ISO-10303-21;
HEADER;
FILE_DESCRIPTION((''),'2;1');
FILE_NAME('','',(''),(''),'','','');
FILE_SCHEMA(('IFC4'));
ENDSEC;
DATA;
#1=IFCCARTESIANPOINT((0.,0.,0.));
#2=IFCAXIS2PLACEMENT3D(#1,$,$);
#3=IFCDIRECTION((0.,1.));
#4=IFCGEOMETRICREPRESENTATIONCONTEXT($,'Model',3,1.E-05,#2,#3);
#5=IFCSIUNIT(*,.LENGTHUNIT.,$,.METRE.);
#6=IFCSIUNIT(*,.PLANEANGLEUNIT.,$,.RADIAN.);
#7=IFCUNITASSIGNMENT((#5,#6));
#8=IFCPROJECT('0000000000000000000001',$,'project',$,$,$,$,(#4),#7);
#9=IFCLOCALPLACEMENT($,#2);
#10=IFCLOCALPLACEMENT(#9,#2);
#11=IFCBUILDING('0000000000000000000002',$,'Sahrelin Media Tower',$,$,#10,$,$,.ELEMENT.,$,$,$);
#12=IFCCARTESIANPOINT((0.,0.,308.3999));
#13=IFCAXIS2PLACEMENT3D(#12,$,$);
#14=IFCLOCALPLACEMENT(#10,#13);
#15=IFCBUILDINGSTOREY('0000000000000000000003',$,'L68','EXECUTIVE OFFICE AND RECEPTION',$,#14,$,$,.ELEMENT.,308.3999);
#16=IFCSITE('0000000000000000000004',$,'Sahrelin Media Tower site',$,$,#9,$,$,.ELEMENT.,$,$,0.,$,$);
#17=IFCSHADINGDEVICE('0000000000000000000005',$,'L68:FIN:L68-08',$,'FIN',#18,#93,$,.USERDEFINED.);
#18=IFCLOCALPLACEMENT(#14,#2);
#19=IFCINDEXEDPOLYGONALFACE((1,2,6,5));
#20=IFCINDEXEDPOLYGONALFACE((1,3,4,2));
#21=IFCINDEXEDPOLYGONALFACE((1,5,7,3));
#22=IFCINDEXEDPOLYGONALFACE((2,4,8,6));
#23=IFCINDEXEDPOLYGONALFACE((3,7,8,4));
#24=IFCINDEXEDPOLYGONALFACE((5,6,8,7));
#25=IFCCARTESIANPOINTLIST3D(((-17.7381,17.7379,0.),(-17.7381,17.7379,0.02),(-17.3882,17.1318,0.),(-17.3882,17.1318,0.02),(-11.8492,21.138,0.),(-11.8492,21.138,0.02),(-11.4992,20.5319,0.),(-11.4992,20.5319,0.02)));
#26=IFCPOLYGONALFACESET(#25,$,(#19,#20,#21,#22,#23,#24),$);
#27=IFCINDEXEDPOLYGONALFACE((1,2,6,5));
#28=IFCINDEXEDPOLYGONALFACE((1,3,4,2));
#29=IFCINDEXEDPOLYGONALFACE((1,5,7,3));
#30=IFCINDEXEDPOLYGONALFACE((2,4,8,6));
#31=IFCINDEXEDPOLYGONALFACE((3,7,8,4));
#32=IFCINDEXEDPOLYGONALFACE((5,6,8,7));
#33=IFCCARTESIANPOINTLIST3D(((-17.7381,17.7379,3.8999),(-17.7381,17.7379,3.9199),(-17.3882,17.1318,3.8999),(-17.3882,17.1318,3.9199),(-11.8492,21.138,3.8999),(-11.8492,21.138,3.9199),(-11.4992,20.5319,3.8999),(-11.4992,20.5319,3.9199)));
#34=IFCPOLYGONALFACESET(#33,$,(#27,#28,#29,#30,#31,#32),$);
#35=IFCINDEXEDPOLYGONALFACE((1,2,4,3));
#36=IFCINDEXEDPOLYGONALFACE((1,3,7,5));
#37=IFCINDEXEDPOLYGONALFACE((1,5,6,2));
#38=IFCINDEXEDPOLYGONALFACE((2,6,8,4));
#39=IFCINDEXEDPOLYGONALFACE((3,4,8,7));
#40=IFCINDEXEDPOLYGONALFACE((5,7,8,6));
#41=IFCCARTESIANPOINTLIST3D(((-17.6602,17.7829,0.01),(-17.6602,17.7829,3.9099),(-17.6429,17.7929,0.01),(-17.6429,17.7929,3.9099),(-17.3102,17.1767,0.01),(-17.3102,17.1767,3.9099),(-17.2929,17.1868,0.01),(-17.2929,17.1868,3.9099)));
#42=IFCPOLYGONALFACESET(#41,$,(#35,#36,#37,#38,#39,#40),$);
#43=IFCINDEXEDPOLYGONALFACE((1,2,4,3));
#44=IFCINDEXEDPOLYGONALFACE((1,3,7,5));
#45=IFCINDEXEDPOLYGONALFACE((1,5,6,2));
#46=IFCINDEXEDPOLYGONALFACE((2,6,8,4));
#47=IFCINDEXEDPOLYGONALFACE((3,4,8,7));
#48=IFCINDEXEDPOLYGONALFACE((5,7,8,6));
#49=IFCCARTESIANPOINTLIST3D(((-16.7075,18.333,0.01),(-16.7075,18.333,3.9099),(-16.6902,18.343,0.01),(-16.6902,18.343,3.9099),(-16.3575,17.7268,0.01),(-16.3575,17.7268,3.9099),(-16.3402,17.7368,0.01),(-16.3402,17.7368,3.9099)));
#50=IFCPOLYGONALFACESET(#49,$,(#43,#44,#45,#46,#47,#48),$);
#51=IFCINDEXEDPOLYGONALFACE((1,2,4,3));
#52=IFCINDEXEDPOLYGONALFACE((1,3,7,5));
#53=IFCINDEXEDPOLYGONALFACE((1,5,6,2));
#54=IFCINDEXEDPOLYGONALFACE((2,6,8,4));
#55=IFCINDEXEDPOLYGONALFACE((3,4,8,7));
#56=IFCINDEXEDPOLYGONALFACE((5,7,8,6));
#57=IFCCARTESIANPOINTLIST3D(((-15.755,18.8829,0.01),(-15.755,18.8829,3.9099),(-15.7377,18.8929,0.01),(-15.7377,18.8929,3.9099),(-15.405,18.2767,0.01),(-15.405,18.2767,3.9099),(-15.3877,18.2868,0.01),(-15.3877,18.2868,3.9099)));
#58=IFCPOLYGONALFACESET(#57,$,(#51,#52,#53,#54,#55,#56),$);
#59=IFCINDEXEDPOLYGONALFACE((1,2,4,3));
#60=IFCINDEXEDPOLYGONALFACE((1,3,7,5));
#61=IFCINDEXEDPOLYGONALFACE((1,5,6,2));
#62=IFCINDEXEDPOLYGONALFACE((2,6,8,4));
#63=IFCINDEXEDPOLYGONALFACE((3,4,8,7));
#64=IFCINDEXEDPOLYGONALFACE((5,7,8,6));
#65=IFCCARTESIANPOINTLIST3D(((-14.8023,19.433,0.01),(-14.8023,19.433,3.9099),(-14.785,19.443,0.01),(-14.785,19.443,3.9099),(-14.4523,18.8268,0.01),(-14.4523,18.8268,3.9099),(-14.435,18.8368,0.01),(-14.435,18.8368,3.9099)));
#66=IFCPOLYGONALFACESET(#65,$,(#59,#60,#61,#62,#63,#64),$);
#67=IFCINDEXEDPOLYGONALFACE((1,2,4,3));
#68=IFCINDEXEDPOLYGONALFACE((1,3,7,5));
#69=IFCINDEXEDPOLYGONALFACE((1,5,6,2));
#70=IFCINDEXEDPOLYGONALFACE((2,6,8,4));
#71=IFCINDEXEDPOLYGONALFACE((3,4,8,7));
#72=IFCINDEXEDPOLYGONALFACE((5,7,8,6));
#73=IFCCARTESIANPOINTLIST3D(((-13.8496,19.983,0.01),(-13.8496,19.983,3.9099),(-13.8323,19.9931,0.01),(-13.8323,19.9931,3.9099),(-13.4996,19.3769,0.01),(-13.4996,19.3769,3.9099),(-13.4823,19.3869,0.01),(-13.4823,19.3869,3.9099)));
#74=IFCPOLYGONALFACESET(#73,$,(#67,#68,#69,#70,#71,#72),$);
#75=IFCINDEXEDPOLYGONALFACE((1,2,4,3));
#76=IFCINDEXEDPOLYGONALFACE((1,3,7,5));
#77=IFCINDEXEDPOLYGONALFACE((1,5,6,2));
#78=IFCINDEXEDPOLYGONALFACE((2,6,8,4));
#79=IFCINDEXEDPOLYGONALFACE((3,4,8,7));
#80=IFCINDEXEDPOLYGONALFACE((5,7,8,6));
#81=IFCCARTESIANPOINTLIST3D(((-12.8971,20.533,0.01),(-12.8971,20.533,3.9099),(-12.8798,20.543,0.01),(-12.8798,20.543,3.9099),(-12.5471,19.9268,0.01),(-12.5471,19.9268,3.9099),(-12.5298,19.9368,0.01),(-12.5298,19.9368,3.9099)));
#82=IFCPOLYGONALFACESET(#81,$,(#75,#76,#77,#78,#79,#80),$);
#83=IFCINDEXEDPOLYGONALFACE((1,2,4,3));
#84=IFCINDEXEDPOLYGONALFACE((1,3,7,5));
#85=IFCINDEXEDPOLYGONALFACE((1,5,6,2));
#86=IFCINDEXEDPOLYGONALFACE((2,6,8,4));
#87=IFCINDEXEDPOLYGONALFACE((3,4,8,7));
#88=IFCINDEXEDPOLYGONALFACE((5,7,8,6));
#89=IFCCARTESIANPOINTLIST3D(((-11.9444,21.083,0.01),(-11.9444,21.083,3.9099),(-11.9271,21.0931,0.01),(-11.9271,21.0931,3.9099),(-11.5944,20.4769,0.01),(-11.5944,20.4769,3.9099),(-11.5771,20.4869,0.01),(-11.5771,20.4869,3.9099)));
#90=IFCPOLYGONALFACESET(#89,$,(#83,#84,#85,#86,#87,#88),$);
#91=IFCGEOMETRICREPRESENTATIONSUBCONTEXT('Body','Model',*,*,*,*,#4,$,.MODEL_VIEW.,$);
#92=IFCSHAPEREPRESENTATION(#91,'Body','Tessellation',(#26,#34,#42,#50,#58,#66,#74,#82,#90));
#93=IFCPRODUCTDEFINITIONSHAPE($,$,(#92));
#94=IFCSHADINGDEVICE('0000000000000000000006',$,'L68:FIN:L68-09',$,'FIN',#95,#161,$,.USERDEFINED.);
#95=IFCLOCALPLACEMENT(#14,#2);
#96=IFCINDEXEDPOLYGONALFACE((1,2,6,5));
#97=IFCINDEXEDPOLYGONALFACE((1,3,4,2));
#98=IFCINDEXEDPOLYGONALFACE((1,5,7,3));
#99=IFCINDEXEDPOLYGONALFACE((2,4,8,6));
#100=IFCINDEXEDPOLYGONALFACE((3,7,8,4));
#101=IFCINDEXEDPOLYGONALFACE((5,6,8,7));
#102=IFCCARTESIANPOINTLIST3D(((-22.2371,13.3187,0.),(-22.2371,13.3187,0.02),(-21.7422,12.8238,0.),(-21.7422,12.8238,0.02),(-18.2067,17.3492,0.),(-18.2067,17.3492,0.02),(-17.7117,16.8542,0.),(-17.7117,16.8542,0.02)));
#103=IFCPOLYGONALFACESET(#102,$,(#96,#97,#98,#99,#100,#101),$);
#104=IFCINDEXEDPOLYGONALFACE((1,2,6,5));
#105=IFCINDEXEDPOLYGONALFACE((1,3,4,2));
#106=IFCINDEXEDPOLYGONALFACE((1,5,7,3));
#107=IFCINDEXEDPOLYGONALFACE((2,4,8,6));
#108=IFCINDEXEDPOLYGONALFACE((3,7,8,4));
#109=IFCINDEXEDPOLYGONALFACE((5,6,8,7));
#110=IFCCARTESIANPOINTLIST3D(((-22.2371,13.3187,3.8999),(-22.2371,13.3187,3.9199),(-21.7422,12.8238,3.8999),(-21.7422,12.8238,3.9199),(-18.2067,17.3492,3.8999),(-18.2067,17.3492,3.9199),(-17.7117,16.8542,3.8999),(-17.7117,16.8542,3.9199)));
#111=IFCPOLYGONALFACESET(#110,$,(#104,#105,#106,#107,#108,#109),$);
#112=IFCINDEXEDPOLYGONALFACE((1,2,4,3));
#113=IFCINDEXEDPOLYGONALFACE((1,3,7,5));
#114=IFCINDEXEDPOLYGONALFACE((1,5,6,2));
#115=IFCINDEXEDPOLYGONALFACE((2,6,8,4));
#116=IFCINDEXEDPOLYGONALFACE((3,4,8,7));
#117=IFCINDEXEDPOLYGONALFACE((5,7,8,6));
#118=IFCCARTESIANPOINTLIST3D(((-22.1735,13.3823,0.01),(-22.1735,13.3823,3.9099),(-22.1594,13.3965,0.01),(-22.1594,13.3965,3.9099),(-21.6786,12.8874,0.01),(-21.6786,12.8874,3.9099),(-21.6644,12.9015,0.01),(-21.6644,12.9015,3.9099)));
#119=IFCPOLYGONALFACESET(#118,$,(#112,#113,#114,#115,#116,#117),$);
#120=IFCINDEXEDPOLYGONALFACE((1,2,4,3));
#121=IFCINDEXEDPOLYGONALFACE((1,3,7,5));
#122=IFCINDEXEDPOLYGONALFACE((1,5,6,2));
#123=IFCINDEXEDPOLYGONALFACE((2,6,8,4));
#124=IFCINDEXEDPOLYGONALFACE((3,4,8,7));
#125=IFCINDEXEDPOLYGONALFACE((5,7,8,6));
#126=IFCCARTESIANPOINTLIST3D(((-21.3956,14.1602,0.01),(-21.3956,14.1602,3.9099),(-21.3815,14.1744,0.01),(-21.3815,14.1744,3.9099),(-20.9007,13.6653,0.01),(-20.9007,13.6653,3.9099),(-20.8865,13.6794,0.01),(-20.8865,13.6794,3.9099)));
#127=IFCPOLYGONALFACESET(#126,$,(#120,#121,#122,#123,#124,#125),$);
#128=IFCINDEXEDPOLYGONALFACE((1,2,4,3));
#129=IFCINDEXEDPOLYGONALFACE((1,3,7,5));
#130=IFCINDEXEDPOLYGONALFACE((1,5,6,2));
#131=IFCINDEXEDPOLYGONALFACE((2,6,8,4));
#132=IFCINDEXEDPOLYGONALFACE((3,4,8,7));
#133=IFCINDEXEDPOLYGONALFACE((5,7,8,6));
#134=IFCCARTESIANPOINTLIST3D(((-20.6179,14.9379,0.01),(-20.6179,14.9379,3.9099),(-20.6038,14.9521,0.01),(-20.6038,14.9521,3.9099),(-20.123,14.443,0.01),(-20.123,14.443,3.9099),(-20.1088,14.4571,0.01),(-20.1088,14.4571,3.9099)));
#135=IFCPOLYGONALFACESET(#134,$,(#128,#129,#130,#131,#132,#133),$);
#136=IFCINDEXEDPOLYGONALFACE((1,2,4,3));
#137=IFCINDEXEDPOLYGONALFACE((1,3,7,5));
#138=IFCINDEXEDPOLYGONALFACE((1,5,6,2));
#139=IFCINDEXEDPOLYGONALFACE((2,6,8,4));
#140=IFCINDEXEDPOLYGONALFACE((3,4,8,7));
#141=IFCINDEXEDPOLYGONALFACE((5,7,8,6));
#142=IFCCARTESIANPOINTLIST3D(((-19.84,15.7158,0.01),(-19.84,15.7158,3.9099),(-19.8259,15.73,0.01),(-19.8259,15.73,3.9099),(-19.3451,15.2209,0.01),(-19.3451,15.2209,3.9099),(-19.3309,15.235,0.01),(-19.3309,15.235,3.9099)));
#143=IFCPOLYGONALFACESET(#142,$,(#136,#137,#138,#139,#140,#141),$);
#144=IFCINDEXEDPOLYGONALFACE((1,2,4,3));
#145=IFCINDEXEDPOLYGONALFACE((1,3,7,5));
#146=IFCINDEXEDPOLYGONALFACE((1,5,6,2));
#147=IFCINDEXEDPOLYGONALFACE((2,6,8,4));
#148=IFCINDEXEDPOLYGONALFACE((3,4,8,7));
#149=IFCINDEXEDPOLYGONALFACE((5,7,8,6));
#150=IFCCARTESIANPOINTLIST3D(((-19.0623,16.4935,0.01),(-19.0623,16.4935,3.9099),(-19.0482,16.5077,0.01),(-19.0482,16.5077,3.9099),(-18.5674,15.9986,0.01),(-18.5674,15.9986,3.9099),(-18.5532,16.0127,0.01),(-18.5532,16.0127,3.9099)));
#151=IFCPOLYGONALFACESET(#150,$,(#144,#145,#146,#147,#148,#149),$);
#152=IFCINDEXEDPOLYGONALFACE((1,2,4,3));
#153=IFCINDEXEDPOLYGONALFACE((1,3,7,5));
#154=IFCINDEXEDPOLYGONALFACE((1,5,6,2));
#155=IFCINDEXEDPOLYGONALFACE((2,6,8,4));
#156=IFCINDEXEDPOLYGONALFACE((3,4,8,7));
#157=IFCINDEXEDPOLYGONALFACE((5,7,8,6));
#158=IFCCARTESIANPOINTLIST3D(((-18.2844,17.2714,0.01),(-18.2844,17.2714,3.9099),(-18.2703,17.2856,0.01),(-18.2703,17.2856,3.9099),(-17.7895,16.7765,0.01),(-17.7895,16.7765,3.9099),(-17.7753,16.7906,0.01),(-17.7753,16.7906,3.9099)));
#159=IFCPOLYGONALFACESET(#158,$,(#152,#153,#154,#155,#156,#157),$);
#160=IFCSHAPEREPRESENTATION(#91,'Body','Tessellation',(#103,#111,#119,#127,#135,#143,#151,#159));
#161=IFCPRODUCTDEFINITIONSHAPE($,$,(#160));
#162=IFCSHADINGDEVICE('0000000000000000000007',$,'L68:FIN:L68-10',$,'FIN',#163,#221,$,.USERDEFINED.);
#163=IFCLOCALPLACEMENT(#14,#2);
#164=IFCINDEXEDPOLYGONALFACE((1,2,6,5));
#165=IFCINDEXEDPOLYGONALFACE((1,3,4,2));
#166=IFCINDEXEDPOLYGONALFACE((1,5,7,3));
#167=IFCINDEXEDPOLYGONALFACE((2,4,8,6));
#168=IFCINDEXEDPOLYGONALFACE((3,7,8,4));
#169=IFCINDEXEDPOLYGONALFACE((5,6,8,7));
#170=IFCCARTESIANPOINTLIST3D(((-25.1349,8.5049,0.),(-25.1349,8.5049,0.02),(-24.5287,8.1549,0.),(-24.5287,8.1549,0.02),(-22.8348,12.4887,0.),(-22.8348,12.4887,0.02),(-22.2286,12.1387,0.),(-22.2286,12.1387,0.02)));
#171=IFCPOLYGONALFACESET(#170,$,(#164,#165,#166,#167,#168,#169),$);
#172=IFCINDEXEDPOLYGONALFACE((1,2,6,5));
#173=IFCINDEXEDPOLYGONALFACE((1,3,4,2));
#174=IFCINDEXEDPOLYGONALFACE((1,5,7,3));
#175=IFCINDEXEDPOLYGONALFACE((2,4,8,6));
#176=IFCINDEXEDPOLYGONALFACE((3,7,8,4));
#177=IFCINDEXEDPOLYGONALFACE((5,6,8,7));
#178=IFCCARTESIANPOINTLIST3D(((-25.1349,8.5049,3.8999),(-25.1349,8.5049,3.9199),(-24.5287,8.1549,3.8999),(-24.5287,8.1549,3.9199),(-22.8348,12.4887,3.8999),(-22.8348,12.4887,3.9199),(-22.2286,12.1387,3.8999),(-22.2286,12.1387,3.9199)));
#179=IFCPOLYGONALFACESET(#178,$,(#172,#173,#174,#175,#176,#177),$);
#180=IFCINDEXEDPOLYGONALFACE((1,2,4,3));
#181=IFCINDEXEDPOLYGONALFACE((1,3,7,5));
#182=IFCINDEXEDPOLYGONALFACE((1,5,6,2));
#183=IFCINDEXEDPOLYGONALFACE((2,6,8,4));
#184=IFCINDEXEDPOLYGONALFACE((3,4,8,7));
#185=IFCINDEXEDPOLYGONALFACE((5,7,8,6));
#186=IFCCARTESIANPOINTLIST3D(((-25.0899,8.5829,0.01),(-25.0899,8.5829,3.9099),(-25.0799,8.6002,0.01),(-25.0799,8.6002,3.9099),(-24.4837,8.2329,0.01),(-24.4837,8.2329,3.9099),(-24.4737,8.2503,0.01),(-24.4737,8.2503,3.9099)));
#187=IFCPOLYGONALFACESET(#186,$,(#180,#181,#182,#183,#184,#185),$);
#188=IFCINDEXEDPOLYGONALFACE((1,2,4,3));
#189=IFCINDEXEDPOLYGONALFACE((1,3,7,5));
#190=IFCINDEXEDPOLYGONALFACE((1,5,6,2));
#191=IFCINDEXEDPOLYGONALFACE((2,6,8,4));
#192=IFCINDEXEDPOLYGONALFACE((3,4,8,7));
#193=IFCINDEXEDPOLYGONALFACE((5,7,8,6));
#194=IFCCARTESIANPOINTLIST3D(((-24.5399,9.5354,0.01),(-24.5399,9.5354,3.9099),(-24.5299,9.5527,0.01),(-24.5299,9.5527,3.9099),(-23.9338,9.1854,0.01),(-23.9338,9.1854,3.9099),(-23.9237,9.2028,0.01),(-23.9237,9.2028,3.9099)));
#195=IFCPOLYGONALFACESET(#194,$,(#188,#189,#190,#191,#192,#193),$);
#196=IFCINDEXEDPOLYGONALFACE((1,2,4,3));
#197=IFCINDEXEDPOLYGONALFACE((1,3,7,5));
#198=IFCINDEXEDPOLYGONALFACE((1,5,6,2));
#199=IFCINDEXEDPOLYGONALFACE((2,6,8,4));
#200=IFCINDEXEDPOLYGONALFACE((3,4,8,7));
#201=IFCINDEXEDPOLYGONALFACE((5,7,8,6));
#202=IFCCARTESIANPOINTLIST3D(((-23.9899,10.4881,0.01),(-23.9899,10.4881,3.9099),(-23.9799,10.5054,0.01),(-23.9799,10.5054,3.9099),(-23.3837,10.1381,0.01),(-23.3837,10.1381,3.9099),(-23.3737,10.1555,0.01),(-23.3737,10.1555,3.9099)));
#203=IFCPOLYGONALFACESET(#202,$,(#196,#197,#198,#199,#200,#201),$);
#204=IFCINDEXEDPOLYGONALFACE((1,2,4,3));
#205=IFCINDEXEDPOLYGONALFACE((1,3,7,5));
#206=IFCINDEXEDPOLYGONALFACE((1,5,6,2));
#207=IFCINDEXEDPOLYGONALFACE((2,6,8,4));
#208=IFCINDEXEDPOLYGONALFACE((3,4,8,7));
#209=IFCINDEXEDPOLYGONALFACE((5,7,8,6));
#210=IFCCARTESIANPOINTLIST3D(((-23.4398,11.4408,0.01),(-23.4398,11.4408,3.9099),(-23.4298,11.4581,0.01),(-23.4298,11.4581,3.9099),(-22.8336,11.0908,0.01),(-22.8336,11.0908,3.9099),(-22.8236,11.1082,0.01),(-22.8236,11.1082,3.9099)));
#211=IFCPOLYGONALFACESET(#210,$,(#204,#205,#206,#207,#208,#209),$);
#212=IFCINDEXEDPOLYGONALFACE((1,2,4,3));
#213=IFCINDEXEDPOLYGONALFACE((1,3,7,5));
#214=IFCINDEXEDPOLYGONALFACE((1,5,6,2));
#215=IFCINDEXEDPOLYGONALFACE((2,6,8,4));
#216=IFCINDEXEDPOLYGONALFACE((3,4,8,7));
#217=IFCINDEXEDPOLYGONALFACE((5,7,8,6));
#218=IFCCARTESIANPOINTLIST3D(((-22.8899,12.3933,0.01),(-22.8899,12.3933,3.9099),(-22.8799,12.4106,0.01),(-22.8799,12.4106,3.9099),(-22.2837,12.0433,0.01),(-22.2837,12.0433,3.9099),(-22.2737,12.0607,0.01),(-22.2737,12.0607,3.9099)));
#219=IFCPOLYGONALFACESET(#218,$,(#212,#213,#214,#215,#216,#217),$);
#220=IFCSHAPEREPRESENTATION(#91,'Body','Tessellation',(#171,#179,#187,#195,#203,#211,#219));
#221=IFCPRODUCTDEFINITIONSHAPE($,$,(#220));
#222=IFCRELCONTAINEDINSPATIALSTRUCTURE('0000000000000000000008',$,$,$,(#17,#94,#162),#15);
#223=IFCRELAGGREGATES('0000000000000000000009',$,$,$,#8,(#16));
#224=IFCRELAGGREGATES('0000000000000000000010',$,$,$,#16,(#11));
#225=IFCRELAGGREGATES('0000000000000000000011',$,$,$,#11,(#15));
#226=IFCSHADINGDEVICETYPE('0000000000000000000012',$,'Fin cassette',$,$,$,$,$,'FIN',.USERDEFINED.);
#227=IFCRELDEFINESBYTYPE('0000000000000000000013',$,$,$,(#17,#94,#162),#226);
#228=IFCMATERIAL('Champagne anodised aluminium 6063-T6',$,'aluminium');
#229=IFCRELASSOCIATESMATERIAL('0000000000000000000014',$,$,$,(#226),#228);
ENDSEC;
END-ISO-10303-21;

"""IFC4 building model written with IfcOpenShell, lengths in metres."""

from ifc_helpers import new_model, si_unit, direction, frame, origin, origin_2d, place, context, subcontext, project, spatial, rectangle, extrude, material, type_object, element, save


model = new_model("IFC4")

# Units and contexts
model_context = context("Model", 3, precision=1e-05, world=origin(), true_north=direction((0.0, 1.0)))
body_context = subcontext(model_context, "Body", "Model", "MODEL_VIEW")
ifc_project = project(units=[si_unit("LENGTHUNIT", "METRE"), si_unit("PLANEANGLEUNIT", "RADIAN")], contexts=[model_context])

# Site, building, storey
site_placement = place(None, origin())
site = spatial("IfcSite", under=ifc_project, at=site_placement, Name="Sahrelin Media Tower site", CompositionType="ELEMENT", RefElevation=0.0)
building_placement = place(site_placement, origin())
building = spatial("IfcBuilding", under=site, at=building_placement, Name="Sahrelin Media Tower", CompositionType="ELEMENT")
storey_placement = place(building_placement, frame((0.0, 0.0, 308.3999)))
storey = spatial("IfcBuildingStorey", under=building, at=storey_placement, Name="L68", Description="EXECUTIVE OFFICE AND RECEPTION", CompositionType="ELEMENT", Elevation=308.3999)

# Shared definitions
ifc_material_1 = material(Name="Champagne anodised aluminium 6063-T6", Category="aluminium")

# Shading devices
shading_device_type_1 = type_object("IfcShadingDeviceType", Name="Fin cassette", ElementType="FIN", PredefinedType="USERDEFINED", material=ifc_material_1)
placement_1 = place(storey_placement, frame((-14.4087, 18.7712, 0.0), z_axis=(0.0, 0.0, 1.0), x_axis=(0.866019, 0.500011, 0.0)))
element("IfcShadingDevice", 1, at=placement_1, inside=storey, type_object=shading_device_type_1, Name="L68:FIN:L68-08", ObjectType="FIN", PredefinedType="USERDEFINED", context=body_context, shape_type="SweptSolid", body=[
    extrude(rectangle(XDim=6.8, YDim=0.7, at=origin_2d()), frame((0.0, 0.4199, 0.0)), (0.0, 0.0, 1.0), 0.02),
    extrude(rectangle(XDim=6.8, YDim=0.7, at=origin_2d()), frame((0.0, 0.4199, 3.8999)), (0.0, 0.0, 1.0), 0.02),
    extrude(rectangle(XDim=0.02, YDim=0.7, at=origin_2d()), frame((-3.3, 0.4199, 0.01), z_axis=(0.0, 0.0, 1.0), x_axis=(1.0, 0.0, 0.0)), (0.0, 0.0, 1.0), 3.8999),
    extrude(rectangle(XDim=0.02, YDim=0.7, at=origin_2d()), frame((-2.2, 0.4199, 0.01), z_axis=(0.0, 0.0, 1.0), x_axis=(1.0, 0.0, 0.0)), (0.0, 0.0, 1.0), 3.8999),
    extrude(rectangle(XDim=0.02, YDim=0.7, at=origin_2d()), frame((-1.1001, 0.4199, 0.01), z_axis=(0.0, 0.0, 1.0), x_axis=(1.0, 0.0, 0.0)), (0.0, 0.0, 1.0), 3.8999),
    extrude(rectangle(XDim=0.02, YDim=0.7, at=origin_2d()), frame((0.0, 0.4199, 0.01), z_axis=(0.0, 0.0, 1.0), x_axis=(1.0, 0.0, 0.0)), (0.0, 0.0, 1.0), 3.8999),
    extrude(rectangle(XDim=0.02, YDim=0.7, at=origin_2d()), frame((1.1001, 0.4199, 0.01), z_axis=(0.0, 0.0, 1.0), x_axis=(1.0, 0.0, 0.0)), (0.0, 0.0, 1.0), 3.8999),
    extrude(rectangle(XDim=0.02, YDim=0.7, at=origin_2d()), frame((2.2, 0.4199, 0.01), z_axis=(0.0, 0.0, 1.0), x_axis=(1.0, 0.0, 0.0)), (0.0, 0.0, 1.0), 3.8999),
    extrude(rectangle(XDim=0.02, YDim=0.7, at=origin_2d()), frame((3.3, 0.4199, 0.01), z_axis=(0.0, 0.0, 1.0), x_axis=(1.0, 0.0, 0.0)), (0.0, 0.0, 1.0), 3.8999),
])
placement_2 = place(storey_placement, frame((-19.6775, 14.7896, 0.0), z_axis=(0.0, 0.0, 1.0), x_axis=(0.707107, 0.707107, 0.0)))
element("IfcShadingDevice", 2, at=placement_2, inside=storey, type_object=shading_device_type_1, Name="L68:FIN:L68-09", ObjectType="FIN", PredefinedType="USERDEFINED", context=body_context, shape_type="SweptSolid", body=[
    extrude(rectangle(XDim=5.7, YDim=0.7, at=origin_2d()), frame((0.0, 0.4199, 0.0)), (0.0, 0.0, 1.0), 0.02),
    extrude(rectangle(XDim=5.7, YDim=0.7, at=origin_2d()), frame((0.0, 0.4199, 3.8999)), (0.0, 0.0, 1.0), 0.02),
    extrude(rectangle(XDim=0.02, YDim=0.7, at=origin_2d()), frame((-2.75, 0.4199, 0.01), z_axis=(0.0, 0.0, 1.0), x_axis=(1.0, 0.0, 0.0)), (0.0, 0.0, 1.0), 3.8999),
    extrude(rectangle(XDim=0.02, YDim=0.7, at=origin_2d()), frame((-1.6499, 0.4199, 0.01), z_axis=(0.0, 0.0, 1.0), x_axis=(1.0, 0.0, 0.0)), (0.0, 0.0, 1.0), 3.8999),
    extrude(rectangle(XDim=0.02, YDim=0.7, at=origin_2d()), frame((-0.55, 0.4199, 0.01), z_axis=(0.0, 0.0, 1.0), x_axis=(1.0, 0.0, 0.0)), (0.0, 0.0, 1.0), 3.8999),
    extrude(rectangle(XDim=0.02, YDim=0.7, at=origin_2d()), frame((0.55, 0.4199, 0.01), z_axis=(0.0, 0.0, 1.0), x_axis=(1.0, 0.0, 0.0)), (0.0, 0.0, 1.0), 3.8999),
    extrude(rectangle(XDim=0.02, YDim=0.7, at=origin_2d()), frame((1.6499, 0.4199, 0.01), z_axis=(0.0, 0.0, 1.0), x_axis=(1.0, 0.0, 0.0)), (0.0, 0.0, 1.0), 3.8999),
    extrude(rectangle(XDim=0.02, YDim=0.7, at=origin_2d()), frame((2.75, 0.4199, 0.01), z_axis=(0.0, 0.0, 1.0), x_axis=(1.0, 0.0, 0.0)), (0.0, 0.0, 1.0), 3.8999),
])
placement_3 = place(storey_placement, frame((-23.3181, 10.1118, 0.0), z_axis=(0.0, 0.0, 1.0), x_axis=(0.500011, 0.866019, 0.0)))
element("IfcShadingDevice", 3, at=placement_3, inside=storey, type_object=shading_device_type_1, Name="L68:FIN:L68-10", ObjectType="FIN", PredefinedType="USERDEFINED", context=body_context, shape_type="SweptSolid", body=[
    extrude(rectangle(XDim=4.6001, YDim=0.7, at=origin_2d()), frame((0.0, 0.4199, 0.0)), (0.0, 0.0, 1.0), 0.02),
    extrude(rectangle(XDim=4.6001, YDim=0.7, at=origin_2d()), frame((0.0, 0.4199, 3.8999)), (0.0, 0.0, 1.0), 0.02),
    extrude(rectangle(XDim=0.02, YDim=0.7, at=origin_2d()), frame((-2.2, 0.4199, 0.01), z_axis=(0.0, 0.0, 1.0), x_axis=(1.0, 0.0, 0.0)), (0.0, 0.0, 1.0), 3.8999),
    extrude(rectangle(XDim=0.02, YDim=0.7, at=origin_2d()), frame((-1.1001, 0.4199, 0.01), z_axis=(0.0, 0.0, 1.0), x_axis=(1.0, 0.0, 0.0)), (0.0, 0.0, 1.0), 3.8999),
    extrude(rectangle(XDim=0.02, YDim=0.7, at=origin_2d()), frame((0.0, 0.4199, 0.01), z_axis=(0.0, 0.0, 1.0), x_axis=(1.0, 0.0, 0.0)), (0.0, 0.0, 1.0), 3.8999),
    extrude(rectangle(XDim=0.02, YDim=0.7, at=origin_2d()), frame((1.1001, 0.4199, 0.01), z_axis=(0.0, 0.0, 1.0), x_axis=(1.0, 0.0, 0.0)), (0.0, 0.0, 1.0), 3.8999),
    extrude(rectangle(XDim=0.02, YDim=0.7, at=origin_2d()), frame((2.2, 0.4199, 0.01), z_axis=(0.0, 0.0, 1.0), x_axis=(1.0, 0.0, 0.0)), (0.0, 0.0, 1.0), 3.8999),
])

save(model, "model.ifc")
